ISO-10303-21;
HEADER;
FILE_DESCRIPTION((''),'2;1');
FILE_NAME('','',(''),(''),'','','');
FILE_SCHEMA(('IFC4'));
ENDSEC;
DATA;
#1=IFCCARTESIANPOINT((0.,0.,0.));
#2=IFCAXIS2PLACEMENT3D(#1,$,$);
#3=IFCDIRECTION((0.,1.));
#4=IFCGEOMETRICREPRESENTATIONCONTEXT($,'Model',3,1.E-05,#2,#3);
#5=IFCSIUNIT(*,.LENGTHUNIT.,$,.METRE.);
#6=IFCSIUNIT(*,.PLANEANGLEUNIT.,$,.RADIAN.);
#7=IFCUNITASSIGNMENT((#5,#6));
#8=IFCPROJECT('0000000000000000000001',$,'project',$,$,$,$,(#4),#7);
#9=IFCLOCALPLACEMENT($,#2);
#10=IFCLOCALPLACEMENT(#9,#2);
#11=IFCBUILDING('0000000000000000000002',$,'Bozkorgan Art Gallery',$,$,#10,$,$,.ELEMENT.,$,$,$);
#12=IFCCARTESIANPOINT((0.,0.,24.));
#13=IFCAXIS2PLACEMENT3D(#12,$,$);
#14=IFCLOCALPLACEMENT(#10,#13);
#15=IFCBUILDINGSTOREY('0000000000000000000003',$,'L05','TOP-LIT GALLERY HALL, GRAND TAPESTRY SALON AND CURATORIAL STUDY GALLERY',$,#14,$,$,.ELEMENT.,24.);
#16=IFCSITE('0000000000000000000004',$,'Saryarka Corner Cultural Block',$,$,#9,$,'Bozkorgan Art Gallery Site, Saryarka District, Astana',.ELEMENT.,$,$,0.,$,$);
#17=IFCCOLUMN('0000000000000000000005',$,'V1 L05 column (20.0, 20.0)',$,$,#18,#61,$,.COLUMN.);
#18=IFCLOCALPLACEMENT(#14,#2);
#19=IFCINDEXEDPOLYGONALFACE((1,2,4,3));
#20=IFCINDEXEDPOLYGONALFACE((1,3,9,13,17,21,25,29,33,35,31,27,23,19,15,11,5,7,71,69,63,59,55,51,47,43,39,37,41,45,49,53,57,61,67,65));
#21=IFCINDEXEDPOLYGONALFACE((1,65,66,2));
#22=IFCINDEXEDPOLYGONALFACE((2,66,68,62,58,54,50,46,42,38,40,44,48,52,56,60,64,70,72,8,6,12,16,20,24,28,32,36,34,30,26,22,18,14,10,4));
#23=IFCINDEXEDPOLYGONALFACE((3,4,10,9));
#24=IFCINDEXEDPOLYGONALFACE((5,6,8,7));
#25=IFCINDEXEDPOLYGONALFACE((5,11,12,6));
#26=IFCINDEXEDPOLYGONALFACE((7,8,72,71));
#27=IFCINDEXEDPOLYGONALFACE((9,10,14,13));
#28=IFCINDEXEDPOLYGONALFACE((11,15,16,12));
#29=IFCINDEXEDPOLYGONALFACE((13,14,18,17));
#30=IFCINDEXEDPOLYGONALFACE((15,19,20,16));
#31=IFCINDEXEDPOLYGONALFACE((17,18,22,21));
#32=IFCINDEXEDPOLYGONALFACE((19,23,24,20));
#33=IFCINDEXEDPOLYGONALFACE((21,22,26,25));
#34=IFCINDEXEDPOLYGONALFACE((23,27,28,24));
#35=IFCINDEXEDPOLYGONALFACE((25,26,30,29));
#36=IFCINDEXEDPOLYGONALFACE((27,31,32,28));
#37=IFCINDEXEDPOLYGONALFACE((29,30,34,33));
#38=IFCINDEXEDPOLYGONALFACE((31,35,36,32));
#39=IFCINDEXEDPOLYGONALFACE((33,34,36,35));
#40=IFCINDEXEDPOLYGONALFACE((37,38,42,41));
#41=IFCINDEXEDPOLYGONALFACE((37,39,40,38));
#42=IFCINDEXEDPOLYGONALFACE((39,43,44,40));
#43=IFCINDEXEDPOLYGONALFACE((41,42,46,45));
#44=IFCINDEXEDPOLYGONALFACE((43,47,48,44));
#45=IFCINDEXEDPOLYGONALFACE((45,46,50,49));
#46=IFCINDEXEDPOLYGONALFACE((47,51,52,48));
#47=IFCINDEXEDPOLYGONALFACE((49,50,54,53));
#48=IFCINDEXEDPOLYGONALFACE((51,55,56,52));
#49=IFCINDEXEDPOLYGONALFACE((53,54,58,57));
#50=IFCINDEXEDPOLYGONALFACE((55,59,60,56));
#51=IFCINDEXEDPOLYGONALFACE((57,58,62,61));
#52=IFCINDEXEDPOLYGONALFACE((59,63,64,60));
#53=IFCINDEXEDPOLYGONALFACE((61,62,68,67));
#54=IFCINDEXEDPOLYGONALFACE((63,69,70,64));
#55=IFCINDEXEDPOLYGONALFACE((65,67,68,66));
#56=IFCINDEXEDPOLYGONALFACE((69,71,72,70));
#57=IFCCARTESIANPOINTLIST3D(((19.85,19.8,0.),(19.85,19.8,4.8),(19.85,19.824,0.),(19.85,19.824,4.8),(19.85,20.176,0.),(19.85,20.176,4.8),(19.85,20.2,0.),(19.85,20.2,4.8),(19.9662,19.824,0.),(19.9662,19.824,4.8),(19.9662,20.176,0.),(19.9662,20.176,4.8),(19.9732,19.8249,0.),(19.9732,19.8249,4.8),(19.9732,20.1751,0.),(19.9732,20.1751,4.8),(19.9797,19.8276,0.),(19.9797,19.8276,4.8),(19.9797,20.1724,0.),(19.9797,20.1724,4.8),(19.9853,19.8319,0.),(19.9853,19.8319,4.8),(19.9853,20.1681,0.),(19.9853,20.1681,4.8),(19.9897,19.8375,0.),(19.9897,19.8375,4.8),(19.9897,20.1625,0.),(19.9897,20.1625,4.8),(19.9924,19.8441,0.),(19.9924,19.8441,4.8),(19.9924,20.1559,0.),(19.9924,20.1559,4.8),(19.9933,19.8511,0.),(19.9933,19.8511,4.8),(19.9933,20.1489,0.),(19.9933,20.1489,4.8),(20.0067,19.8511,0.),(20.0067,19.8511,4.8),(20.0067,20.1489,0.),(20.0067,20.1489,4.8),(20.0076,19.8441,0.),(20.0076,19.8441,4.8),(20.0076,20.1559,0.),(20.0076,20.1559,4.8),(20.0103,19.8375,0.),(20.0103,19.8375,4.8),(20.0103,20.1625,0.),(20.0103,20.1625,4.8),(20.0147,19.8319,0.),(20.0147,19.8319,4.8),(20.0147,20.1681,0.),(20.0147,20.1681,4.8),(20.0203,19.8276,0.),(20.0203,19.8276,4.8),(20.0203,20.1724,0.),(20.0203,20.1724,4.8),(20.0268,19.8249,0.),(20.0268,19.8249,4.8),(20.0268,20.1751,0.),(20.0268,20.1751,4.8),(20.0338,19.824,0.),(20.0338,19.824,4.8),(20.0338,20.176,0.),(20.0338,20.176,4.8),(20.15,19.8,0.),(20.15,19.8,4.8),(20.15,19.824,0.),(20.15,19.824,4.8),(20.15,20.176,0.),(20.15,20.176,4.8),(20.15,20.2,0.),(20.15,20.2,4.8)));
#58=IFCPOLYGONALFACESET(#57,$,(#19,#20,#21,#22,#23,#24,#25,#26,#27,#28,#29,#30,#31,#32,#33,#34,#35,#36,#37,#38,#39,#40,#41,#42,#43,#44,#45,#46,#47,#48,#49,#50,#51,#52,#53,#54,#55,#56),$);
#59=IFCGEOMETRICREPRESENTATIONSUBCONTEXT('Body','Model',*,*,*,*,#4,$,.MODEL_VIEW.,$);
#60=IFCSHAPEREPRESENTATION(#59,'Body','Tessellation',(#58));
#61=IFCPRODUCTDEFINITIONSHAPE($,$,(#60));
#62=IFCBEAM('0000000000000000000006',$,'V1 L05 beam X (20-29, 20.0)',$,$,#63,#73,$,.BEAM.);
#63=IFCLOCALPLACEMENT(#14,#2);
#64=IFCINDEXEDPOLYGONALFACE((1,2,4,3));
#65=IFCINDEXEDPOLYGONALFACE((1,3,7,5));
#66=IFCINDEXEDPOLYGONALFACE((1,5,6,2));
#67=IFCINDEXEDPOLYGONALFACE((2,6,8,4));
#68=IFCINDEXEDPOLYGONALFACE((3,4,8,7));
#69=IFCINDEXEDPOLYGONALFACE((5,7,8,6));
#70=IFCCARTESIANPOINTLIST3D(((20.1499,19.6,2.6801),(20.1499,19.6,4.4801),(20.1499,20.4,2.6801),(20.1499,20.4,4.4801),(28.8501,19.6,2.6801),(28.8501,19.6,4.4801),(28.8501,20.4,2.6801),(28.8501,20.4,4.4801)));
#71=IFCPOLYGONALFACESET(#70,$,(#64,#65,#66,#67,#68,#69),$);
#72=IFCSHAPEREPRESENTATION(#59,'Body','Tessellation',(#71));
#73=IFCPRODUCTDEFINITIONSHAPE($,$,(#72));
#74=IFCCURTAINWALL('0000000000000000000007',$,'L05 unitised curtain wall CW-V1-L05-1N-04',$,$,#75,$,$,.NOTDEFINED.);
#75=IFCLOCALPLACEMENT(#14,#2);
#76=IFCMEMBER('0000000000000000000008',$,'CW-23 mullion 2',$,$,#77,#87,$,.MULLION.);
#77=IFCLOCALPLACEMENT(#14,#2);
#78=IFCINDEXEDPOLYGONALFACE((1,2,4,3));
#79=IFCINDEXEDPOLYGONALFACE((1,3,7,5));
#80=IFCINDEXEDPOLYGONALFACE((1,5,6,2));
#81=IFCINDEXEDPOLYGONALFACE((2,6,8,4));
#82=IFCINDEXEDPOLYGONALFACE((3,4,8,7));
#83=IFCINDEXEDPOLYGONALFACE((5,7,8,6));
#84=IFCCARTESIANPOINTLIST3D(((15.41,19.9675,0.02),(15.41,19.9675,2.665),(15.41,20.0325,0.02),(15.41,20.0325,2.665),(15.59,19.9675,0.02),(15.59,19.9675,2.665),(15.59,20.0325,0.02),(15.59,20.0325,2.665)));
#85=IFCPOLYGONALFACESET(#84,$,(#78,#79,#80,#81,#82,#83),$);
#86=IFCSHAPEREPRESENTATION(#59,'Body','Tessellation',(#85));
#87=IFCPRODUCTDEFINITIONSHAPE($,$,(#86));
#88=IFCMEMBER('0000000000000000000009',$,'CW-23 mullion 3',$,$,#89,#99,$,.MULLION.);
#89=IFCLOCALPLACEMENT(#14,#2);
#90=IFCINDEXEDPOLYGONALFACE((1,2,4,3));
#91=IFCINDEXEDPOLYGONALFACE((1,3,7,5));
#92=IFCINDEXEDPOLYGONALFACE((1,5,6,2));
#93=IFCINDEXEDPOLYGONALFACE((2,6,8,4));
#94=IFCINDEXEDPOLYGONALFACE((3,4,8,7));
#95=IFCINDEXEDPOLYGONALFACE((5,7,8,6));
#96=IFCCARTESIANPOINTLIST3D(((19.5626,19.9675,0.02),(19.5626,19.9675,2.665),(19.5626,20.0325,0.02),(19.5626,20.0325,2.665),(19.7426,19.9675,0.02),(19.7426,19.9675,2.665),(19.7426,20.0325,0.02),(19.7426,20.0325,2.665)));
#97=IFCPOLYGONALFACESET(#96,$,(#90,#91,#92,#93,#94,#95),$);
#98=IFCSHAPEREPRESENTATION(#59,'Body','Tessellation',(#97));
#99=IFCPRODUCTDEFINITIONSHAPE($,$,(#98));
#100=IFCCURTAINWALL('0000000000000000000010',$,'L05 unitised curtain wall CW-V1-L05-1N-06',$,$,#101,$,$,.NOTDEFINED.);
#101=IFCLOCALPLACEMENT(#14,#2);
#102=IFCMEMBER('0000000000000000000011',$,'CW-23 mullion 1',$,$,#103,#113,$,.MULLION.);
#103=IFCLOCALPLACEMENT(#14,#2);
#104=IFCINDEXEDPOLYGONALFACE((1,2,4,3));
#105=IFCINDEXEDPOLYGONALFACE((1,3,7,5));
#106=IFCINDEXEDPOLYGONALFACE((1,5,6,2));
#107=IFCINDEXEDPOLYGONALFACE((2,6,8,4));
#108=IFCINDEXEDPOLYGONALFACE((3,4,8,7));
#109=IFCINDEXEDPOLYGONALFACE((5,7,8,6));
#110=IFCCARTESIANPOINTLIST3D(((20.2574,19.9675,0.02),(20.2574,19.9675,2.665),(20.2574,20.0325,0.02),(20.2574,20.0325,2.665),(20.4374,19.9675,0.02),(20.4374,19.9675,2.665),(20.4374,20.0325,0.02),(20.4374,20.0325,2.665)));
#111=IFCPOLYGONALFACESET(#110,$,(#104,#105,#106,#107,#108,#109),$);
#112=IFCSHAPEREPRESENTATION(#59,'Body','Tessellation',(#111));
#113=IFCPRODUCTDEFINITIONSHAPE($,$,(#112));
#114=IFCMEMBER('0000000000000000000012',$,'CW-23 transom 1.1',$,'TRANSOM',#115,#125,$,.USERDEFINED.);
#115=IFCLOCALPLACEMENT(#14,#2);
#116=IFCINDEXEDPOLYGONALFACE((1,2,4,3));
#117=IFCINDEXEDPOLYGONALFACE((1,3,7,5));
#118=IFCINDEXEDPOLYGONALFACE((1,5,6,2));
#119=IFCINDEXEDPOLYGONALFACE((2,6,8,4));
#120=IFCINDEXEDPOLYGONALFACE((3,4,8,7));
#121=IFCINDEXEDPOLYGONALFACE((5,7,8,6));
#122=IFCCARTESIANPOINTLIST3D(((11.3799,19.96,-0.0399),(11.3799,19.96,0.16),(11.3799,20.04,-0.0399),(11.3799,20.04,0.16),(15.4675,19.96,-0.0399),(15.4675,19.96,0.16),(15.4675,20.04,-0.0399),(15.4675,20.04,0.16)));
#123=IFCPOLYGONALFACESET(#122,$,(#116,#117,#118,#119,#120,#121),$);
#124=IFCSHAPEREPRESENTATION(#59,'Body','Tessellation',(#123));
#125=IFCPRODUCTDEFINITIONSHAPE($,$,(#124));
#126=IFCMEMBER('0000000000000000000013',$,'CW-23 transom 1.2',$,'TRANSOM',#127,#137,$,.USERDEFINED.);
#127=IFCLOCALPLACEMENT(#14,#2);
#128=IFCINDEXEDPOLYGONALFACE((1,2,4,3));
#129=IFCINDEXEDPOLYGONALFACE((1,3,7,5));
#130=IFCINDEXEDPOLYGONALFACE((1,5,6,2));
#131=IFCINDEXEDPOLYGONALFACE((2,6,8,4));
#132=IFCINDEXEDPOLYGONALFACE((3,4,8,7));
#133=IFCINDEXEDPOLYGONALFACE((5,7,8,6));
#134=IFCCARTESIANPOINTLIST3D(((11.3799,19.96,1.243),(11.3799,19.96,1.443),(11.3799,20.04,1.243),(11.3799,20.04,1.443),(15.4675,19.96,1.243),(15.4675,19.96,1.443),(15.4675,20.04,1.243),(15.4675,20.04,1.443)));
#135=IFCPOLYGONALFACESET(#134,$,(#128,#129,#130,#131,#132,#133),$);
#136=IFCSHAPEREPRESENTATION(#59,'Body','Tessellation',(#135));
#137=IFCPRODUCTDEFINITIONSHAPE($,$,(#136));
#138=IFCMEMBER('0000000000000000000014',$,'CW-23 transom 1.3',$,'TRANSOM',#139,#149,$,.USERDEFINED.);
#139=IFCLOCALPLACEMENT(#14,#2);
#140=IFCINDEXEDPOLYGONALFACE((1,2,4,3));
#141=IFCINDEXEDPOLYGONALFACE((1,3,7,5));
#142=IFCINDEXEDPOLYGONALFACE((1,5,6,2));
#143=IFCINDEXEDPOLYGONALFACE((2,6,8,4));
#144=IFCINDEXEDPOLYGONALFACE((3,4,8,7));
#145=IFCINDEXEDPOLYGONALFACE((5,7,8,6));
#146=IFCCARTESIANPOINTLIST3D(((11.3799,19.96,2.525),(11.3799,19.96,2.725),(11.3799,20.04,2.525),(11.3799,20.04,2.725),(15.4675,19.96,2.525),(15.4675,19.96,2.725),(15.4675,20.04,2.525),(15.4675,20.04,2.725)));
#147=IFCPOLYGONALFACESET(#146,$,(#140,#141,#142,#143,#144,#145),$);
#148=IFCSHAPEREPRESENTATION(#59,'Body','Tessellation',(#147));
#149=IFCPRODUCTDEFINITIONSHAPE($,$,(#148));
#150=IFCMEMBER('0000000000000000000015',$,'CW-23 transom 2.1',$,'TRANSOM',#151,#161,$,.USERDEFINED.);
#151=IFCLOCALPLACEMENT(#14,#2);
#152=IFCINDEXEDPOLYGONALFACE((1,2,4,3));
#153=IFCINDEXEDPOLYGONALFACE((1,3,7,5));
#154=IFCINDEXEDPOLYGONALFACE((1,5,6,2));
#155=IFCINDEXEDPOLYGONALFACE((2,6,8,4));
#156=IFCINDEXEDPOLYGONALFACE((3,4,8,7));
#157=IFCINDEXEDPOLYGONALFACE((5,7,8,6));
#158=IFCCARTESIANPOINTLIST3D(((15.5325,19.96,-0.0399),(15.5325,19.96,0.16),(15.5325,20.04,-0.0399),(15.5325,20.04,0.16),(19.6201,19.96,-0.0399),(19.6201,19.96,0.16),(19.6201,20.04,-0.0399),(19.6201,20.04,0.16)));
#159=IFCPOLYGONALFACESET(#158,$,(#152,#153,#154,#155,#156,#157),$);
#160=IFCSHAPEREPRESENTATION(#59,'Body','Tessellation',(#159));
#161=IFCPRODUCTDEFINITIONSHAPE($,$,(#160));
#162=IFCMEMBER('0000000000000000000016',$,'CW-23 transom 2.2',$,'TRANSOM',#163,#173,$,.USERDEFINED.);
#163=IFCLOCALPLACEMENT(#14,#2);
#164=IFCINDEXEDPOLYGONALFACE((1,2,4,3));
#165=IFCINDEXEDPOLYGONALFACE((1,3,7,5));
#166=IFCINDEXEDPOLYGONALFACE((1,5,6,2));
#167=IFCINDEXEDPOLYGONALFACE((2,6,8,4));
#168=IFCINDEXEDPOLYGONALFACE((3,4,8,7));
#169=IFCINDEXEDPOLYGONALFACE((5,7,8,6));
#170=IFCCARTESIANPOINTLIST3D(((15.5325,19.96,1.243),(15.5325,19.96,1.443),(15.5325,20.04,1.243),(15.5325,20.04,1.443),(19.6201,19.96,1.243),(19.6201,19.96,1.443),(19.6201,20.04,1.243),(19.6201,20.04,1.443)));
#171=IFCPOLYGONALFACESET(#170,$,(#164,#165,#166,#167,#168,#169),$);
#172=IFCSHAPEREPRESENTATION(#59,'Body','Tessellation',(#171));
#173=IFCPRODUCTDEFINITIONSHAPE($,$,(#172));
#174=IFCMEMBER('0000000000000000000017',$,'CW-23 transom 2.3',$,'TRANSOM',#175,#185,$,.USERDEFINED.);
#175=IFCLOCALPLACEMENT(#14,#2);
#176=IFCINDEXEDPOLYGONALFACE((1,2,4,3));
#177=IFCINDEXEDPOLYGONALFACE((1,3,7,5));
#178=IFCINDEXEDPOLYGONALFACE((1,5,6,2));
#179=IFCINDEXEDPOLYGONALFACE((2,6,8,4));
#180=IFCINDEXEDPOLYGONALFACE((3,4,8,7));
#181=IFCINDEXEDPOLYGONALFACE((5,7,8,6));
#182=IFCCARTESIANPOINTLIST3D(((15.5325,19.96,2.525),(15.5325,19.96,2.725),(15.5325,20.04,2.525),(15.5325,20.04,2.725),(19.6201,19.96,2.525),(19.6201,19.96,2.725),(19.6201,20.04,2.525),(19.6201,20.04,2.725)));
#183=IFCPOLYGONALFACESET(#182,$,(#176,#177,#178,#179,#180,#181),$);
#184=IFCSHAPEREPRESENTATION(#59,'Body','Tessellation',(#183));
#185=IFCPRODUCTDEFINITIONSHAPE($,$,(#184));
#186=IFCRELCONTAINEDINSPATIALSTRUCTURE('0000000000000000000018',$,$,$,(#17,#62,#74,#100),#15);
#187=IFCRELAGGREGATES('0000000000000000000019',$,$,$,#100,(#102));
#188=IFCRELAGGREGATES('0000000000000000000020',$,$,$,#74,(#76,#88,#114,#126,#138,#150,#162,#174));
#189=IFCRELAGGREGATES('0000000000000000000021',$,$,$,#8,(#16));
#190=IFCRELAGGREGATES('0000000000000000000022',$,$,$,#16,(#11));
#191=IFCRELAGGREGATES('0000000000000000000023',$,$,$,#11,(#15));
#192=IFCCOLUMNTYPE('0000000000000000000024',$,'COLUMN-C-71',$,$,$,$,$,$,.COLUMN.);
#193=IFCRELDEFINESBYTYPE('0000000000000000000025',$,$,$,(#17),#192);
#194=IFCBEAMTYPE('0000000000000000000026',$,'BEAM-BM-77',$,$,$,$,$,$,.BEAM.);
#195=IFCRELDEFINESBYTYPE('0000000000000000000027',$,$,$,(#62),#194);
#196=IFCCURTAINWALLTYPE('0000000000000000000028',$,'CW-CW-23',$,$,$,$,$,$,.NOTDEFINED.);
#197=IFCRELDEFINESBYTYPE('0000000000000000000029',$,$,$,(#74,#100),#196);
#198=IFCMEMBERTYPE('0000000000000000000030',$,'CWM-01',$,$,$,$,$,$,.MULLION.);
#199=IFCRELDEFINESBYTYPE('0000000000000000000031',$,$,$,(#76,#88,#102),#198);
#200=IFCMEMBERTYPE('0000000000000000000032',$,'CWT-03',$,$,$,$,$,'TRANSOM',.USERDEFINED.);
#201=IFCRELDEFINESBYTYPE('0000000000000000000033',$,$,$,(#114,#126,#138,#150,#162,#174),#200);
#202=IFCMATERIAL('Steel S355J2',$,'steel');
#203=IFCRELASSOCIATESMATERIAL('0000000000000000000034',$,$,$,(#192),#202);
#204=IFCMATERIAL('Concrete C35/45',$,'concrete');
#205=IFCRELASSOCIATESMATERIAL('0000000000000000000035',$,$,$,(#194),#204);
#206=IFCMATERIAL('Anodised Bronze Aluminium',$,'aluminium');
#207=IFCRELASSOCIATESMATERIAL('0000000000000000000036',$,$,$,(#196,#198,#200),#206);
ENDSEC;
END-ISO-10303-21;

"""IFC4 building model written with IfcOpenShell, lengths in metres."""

from ifc_helpers import new_model, si_unit, direction, frame, origin, origin_2d, place, context, subcontext, project, spatial, rectangle, i_section, extrude, material, material_profile, profile_set, type_object, element, aggregate, save


model = new_model("IFC4")

# Units and contexts
model_context = context("Model", 3, precision=1e-05, world=origin(), true_north=direction((0.0, 1.0)))
body_context = subcontext(model_context, "Body", "Model", "MODEL_VIEW")
ifc_project = project(units=[si_unit("LENGTHUNIT", "METRE"), si_unit("PLANEANGLEUNIT", "RADIAN")], contexts=[model_context])

# Site, building, storey
site_placement = place(None, origin())
site = spatial("IfcSite", under=ifc_project, at=site_placement, Name="Saryarka Corner Cultural Block", LongName="Bozkorgan Art Gallery Site, Saryarka District, Astana", CompositionType="ELEMENT", RefElevation=0.0)
building_placement = place(site_placement, origin())
building = spatial("IfcBuilding", under=site, at=building_placement, Name="Bozkorgan Art Gallery", CompositionType="ELEMENT")
storey_placement = place(building_placement, frame((0.0, 0.0, 24.0)))
storey = spatial("IfcBuildingStorey", under=building, at=storey_placement, Name="L05", Description="TOP-LIT GALLERY HALL, GRAND TAPESTRY SALON AND CURATORIAL STUDY GALLERY", CompositionType="ELEMENT", Elevation=24.0)

# Column
ifc_material_1 = material(Name="Steel S355J2", Category="steel")
ifc_material_profile_1 = material_profile(ifc_material_1, i_section(OverallWidth=0.3, OverallDepth=0.3999, WebThickness=0.0134, FlangeThickness=0.0239, FilletRadius=0.0271, at=origin_2d()), Name="HEB 400")
ifc_profile_set_1 = profile_set([ifc_material_profile_1], Name="Steel S355J2")
column_type = type_object("IfcColumnType", Name="COLUMN-C-71", PredefinedType="COLUMN", material=ifc_profile_set_1)
column_placement = place(storey_placement, frame((20.0, 20.0, 0.0), z_axis=(0.0, 0.0, 1.0), x_axis=(1.0, 0.0, 0.0)))
element("IfcColumn", 1, at=column_placement, inside=storey, type_object=column_type, Name="V1 L05 column (20.0, 20.0)", PredefinedType="COLUMN", context=body_context, shape_type="SweptSolid", body=[
    extrude(i_section(OverallWidth=0.3, OverallDepth=0.3999, WebThickness=0.0134, FlangeThickness=0.0239, FilletRadius=0.0271, at=origin_2d()), origin(), (0.0, 0.0, 1.0), 4.8),
])

# Beam
ifc_material_2 = material(Name="Concrete C35/45", Category="concrete")
ifc_material_profile_2 = material_profile(ifc_material_2, rectangle(XDim=0.8, YDim=1.8, at=origin_2d()), Name="RC 800x1800")
ifc_profile_set_2 = profile_set([ifc_material_profile_2], Name="Concrete C35/45")
beam_type = type_object("IfcBeamType", Name="BEAM-BM-77", PredefinedType="BEAM", material=ifc_profile_set_2)
beam_placement = place(storey_placement, frame((20.1499, 20.0, 3.5801), z_axis=(1.0, 0.0, 0.0), x_axis=(0.0, 1.0, 0.0)))
element("IfcBeam", 2, at=beam_placement, inside=storey, type_object=beam_type, Name="V1 L05 beam X (20-29, 20.0)", PredefinedType="BEAM", context=body_context, shape_type="SweptSolid", body=[
    extrude(rectangle(XDim=0.8, YDim=1.8, at=origin_2d()), origin(), (0.0, 0.0, 1.0), 8.7002),
])

# Curtain wall, members
ifc_material_3 = material(Name="Anodised Bronze Aluminium", Category="aluminium")
curtain_wall_type = type_object("IfcCurtainWallType", Name="CW-CW-23", PredefinedType="NOTDEFINED", material=ifc_material_3)
curtain_wall_1_placement = place(storey_placement, origin())
curtain_wall_1 = element("IfcCurtainWall", 3, at=curtain_wall_1_placement, inside=storey, type_object=curtain_wall_type, Name="L05 unitised curtain wall CW-V1-L05-1N-04", PredefinedType="NOTDEFINED")
ifc_material_profile_3 = material_profile(ifc_material_3, rectangle(XDim=0.0649, YDim=0.1799, at=origin_2d()), Name="ALU MULLION 65x180")
ifc_profile_set_3 = profile_set([ifc_material_profile_3], Name="Anodised Bronze Aluminium")
member_type_1 = type_object("IfcMemberType", Name="CWM-01", PredefinedType="MULLION", material=ifc_profile_set_3)
member_1_placement = place(storey_placement, frame((15.5, 20.0, 0.02), z_axis=(0.0, 0.0, 1.0), x_axis=(0.0, 1.0, 0.0)))
member_1 = element("IfcMember", 4, at=member_1_placement, type_object=member_type_1, Name="CW-23 mullion 2", PredefinedType="MULLION", context=body_context, shape_type="SweptSolid", body=[
    extrude(rectangle(XDim=0.0649, YDim=0.1799, at=origin_2d()), origin(), (0.0, 0.0, 1.0), 2.645),
])
member_2_placement = place(storey_placement, frame((19.6526, 20.0, 0.02), z_axis=(0.0, 0.0, 1.0), x_axis=(0.0, 1.0, 0.0)))
member_2 = element("IfcMember", 5, at=member_2_placement, type_object=member_type_1, Name="CW-23 mullion 3", PredefinedType="MULLION", context=body_context, shape_type="SweptSolid", body=[
    extrude(rectangle(XDim=0.0649, YDim=0.1799, at=origin_2d()), origin(), (0.0, 0.0, 1.0), 2.645),
])

# Curtain wall, member
curtain_wall_2_placement = place(storey_placement, origin())
curtain_wall_2 = element("IfcCurtainWall", 6, at=curtain_wall_2_placement, inside=storey, type_object=curtain_wall_type, Name="L05 unitised curtain wall CW-V1-L05-1N-06", PredefinedType="NOTDEFINED")
member_3_placement = place(storey_placement, frame((20.3474, 20.0, 0.02), z_axis=(0.0, 0.0, 1.0), x_axis=(0.0, 1.0, 0.0)))
member_3 = element("IfcMember", 7, at=member_3_placement, type_object=member_type_1, Name="CW-23 mullion 1", PredefinedType="MULLION", context=body_context, shape_type="SweptSolid", body=[
    extrude(rectangle(XDim=0.0649, YDim=0.1799, at=origin_2d()), origin(), (0.0, 0.0, 1.0), 2.645),
])
aggregate(curtain_wall_2, [member_3])

# Members
ifc_material_profile_4 = material_profile(ifc_material_3, rectangle(XDim=0.0801, YDim=0.2, at=origin_2d()), Name="ALU TRANSOM 80x200")
ifc_profile_set_4 = profile_set([ifc_material_profile_4], Name="Anodised Bronze Aluminium")
member_type_2 = type_object("IfcMemberType", Name="CWT-03", ElementType="TRANSOM", PredefinedType="USERDEFINED", material=ifc_profile_set_4)
member_4_placement = place(storey_placement, frame((11.3799, 20.0, 0.0601), z_axis=(1.0, 0.0, 0.0), x_axis=(0.0, 1.0, 0.0)))
member_4 = element("IfcMember", 8, at=member_4_placement, type_object=member_type_2, Name="CW-23 transom 1.1", ObjectType="TRANSOM", PredefinedType="USERDEFINED", context=body_context, shape_type="SweptSolid", body=[
    extrude(rectangle(XDim=0.0801, YDim=0.2, at=origin_2d()), origin(), (0.0, 0.0, 1.0), 4.0876),
])
member_5_placement = place(storey_placement, frame((11.3799, 20.0, 1.343), z_axis=(1.0, 0.0, 0.0), x_axis=(0.0, 1.0, 0.0)))
member_5 = element("IfcMember", 9, at=member_5_placement, type_object=member_type_2, Name="CW-23 transom 1.2", ObjectType="TRANSOM", PredefinedType="USERDEFINED", context=body_context, shape_type="SweptSolid", body=[
    extrude(rectangle(XDim=0.0801, YDim=0.2, at=origin_2d()), origin(), (0.0, 0.0, 1.0), 4.0876),
])
member_6_placement = place(storey_placement, frame((11.3799, 20.0, 2.625), z_axis=(1.0, 0.0, 0.0), x_axis=(0.0, 1.0, 0.0)))
member_6 = element("IfcMember", 10, at=member_6_placement, type_object=member_type_2, Name="CW-23 transom 1.3", ObjectType="TRANSOM", PredefinedType="USERDEFINED", context=body_context, shape_type="SweptSolid", body=[
    extrude(rectangle(XDim=0.0801, YDim=0.2, at=origin_2d()), origin(), (0.0, 0.0, 1.0), 4.0876),
])
member_7_placement = place(storey_placement, frame((15.5325, 20.0, 0.0601), z_axis=(1.0, 0.0, 0.0), x_axis=(0.0, 1.0, 0.0)))
member_7 = element("IfcMember", 11, at=member_7_placement, type_object=member_type_2, Name="CW-23 transom 2.1", ObjectType="TRANSOM", PredefinedType="USERDEFINED", context=body_context, shape_type="SweptSolid", body=[
    extrude(rectangle(XDim=0.0801, YDim=0.2, at=origin_2d()), origin(), (0.0, 0.0, 1.0), 4.0876),
])
member_8_placement = place(storey_placement, frame((15.5325, 20.0, 1.343), z_axis=(1.0, 0.0, 0.0), x_axis=(0.0, 1.0, 0.0)))
member_8 = element("IfcMember", 12, at=member_8_placement, type_object=member_type_2, Name="CW-23 transom 2.2", ObjectType="TRANSOM", PredefinedType="USERDEFINED", context=body_context, shape_type="SweptSolid", body=[
    extrude(rectangle(XDim=0.0801, YDim=0.2, at=origin_2d()), origin(), (0.0, 0.0, 1.0), 4.0876),
])
member_9_placement = place(storey_placement, frame((15.5325, 20.0, 2.625), z_axis=(1.0, 0.0, 0.0), x_axis=(0.0, 1.0, 0.0)))
member_9 = element("IfcMember", 13, at=member_9_placement, type_object=member_type_2, Name="CW-23 transom 2.3", ObjectType="TRANSOM", PredefinedType="USERDEFINED", context=body_context, shape_type="SweptSolid", body=[
    extrude(rectangle(XDim=0.0801, YDim=0.2, at=origin_2d()), origin(), (0.0, 0.0, 1.0), 4.0876),
])

aggregate(curtain_wall_1, [member_1, member_2, member_4, member_5, member_6, member_7, member_8, member_9])

save(model, "model.ifc")
